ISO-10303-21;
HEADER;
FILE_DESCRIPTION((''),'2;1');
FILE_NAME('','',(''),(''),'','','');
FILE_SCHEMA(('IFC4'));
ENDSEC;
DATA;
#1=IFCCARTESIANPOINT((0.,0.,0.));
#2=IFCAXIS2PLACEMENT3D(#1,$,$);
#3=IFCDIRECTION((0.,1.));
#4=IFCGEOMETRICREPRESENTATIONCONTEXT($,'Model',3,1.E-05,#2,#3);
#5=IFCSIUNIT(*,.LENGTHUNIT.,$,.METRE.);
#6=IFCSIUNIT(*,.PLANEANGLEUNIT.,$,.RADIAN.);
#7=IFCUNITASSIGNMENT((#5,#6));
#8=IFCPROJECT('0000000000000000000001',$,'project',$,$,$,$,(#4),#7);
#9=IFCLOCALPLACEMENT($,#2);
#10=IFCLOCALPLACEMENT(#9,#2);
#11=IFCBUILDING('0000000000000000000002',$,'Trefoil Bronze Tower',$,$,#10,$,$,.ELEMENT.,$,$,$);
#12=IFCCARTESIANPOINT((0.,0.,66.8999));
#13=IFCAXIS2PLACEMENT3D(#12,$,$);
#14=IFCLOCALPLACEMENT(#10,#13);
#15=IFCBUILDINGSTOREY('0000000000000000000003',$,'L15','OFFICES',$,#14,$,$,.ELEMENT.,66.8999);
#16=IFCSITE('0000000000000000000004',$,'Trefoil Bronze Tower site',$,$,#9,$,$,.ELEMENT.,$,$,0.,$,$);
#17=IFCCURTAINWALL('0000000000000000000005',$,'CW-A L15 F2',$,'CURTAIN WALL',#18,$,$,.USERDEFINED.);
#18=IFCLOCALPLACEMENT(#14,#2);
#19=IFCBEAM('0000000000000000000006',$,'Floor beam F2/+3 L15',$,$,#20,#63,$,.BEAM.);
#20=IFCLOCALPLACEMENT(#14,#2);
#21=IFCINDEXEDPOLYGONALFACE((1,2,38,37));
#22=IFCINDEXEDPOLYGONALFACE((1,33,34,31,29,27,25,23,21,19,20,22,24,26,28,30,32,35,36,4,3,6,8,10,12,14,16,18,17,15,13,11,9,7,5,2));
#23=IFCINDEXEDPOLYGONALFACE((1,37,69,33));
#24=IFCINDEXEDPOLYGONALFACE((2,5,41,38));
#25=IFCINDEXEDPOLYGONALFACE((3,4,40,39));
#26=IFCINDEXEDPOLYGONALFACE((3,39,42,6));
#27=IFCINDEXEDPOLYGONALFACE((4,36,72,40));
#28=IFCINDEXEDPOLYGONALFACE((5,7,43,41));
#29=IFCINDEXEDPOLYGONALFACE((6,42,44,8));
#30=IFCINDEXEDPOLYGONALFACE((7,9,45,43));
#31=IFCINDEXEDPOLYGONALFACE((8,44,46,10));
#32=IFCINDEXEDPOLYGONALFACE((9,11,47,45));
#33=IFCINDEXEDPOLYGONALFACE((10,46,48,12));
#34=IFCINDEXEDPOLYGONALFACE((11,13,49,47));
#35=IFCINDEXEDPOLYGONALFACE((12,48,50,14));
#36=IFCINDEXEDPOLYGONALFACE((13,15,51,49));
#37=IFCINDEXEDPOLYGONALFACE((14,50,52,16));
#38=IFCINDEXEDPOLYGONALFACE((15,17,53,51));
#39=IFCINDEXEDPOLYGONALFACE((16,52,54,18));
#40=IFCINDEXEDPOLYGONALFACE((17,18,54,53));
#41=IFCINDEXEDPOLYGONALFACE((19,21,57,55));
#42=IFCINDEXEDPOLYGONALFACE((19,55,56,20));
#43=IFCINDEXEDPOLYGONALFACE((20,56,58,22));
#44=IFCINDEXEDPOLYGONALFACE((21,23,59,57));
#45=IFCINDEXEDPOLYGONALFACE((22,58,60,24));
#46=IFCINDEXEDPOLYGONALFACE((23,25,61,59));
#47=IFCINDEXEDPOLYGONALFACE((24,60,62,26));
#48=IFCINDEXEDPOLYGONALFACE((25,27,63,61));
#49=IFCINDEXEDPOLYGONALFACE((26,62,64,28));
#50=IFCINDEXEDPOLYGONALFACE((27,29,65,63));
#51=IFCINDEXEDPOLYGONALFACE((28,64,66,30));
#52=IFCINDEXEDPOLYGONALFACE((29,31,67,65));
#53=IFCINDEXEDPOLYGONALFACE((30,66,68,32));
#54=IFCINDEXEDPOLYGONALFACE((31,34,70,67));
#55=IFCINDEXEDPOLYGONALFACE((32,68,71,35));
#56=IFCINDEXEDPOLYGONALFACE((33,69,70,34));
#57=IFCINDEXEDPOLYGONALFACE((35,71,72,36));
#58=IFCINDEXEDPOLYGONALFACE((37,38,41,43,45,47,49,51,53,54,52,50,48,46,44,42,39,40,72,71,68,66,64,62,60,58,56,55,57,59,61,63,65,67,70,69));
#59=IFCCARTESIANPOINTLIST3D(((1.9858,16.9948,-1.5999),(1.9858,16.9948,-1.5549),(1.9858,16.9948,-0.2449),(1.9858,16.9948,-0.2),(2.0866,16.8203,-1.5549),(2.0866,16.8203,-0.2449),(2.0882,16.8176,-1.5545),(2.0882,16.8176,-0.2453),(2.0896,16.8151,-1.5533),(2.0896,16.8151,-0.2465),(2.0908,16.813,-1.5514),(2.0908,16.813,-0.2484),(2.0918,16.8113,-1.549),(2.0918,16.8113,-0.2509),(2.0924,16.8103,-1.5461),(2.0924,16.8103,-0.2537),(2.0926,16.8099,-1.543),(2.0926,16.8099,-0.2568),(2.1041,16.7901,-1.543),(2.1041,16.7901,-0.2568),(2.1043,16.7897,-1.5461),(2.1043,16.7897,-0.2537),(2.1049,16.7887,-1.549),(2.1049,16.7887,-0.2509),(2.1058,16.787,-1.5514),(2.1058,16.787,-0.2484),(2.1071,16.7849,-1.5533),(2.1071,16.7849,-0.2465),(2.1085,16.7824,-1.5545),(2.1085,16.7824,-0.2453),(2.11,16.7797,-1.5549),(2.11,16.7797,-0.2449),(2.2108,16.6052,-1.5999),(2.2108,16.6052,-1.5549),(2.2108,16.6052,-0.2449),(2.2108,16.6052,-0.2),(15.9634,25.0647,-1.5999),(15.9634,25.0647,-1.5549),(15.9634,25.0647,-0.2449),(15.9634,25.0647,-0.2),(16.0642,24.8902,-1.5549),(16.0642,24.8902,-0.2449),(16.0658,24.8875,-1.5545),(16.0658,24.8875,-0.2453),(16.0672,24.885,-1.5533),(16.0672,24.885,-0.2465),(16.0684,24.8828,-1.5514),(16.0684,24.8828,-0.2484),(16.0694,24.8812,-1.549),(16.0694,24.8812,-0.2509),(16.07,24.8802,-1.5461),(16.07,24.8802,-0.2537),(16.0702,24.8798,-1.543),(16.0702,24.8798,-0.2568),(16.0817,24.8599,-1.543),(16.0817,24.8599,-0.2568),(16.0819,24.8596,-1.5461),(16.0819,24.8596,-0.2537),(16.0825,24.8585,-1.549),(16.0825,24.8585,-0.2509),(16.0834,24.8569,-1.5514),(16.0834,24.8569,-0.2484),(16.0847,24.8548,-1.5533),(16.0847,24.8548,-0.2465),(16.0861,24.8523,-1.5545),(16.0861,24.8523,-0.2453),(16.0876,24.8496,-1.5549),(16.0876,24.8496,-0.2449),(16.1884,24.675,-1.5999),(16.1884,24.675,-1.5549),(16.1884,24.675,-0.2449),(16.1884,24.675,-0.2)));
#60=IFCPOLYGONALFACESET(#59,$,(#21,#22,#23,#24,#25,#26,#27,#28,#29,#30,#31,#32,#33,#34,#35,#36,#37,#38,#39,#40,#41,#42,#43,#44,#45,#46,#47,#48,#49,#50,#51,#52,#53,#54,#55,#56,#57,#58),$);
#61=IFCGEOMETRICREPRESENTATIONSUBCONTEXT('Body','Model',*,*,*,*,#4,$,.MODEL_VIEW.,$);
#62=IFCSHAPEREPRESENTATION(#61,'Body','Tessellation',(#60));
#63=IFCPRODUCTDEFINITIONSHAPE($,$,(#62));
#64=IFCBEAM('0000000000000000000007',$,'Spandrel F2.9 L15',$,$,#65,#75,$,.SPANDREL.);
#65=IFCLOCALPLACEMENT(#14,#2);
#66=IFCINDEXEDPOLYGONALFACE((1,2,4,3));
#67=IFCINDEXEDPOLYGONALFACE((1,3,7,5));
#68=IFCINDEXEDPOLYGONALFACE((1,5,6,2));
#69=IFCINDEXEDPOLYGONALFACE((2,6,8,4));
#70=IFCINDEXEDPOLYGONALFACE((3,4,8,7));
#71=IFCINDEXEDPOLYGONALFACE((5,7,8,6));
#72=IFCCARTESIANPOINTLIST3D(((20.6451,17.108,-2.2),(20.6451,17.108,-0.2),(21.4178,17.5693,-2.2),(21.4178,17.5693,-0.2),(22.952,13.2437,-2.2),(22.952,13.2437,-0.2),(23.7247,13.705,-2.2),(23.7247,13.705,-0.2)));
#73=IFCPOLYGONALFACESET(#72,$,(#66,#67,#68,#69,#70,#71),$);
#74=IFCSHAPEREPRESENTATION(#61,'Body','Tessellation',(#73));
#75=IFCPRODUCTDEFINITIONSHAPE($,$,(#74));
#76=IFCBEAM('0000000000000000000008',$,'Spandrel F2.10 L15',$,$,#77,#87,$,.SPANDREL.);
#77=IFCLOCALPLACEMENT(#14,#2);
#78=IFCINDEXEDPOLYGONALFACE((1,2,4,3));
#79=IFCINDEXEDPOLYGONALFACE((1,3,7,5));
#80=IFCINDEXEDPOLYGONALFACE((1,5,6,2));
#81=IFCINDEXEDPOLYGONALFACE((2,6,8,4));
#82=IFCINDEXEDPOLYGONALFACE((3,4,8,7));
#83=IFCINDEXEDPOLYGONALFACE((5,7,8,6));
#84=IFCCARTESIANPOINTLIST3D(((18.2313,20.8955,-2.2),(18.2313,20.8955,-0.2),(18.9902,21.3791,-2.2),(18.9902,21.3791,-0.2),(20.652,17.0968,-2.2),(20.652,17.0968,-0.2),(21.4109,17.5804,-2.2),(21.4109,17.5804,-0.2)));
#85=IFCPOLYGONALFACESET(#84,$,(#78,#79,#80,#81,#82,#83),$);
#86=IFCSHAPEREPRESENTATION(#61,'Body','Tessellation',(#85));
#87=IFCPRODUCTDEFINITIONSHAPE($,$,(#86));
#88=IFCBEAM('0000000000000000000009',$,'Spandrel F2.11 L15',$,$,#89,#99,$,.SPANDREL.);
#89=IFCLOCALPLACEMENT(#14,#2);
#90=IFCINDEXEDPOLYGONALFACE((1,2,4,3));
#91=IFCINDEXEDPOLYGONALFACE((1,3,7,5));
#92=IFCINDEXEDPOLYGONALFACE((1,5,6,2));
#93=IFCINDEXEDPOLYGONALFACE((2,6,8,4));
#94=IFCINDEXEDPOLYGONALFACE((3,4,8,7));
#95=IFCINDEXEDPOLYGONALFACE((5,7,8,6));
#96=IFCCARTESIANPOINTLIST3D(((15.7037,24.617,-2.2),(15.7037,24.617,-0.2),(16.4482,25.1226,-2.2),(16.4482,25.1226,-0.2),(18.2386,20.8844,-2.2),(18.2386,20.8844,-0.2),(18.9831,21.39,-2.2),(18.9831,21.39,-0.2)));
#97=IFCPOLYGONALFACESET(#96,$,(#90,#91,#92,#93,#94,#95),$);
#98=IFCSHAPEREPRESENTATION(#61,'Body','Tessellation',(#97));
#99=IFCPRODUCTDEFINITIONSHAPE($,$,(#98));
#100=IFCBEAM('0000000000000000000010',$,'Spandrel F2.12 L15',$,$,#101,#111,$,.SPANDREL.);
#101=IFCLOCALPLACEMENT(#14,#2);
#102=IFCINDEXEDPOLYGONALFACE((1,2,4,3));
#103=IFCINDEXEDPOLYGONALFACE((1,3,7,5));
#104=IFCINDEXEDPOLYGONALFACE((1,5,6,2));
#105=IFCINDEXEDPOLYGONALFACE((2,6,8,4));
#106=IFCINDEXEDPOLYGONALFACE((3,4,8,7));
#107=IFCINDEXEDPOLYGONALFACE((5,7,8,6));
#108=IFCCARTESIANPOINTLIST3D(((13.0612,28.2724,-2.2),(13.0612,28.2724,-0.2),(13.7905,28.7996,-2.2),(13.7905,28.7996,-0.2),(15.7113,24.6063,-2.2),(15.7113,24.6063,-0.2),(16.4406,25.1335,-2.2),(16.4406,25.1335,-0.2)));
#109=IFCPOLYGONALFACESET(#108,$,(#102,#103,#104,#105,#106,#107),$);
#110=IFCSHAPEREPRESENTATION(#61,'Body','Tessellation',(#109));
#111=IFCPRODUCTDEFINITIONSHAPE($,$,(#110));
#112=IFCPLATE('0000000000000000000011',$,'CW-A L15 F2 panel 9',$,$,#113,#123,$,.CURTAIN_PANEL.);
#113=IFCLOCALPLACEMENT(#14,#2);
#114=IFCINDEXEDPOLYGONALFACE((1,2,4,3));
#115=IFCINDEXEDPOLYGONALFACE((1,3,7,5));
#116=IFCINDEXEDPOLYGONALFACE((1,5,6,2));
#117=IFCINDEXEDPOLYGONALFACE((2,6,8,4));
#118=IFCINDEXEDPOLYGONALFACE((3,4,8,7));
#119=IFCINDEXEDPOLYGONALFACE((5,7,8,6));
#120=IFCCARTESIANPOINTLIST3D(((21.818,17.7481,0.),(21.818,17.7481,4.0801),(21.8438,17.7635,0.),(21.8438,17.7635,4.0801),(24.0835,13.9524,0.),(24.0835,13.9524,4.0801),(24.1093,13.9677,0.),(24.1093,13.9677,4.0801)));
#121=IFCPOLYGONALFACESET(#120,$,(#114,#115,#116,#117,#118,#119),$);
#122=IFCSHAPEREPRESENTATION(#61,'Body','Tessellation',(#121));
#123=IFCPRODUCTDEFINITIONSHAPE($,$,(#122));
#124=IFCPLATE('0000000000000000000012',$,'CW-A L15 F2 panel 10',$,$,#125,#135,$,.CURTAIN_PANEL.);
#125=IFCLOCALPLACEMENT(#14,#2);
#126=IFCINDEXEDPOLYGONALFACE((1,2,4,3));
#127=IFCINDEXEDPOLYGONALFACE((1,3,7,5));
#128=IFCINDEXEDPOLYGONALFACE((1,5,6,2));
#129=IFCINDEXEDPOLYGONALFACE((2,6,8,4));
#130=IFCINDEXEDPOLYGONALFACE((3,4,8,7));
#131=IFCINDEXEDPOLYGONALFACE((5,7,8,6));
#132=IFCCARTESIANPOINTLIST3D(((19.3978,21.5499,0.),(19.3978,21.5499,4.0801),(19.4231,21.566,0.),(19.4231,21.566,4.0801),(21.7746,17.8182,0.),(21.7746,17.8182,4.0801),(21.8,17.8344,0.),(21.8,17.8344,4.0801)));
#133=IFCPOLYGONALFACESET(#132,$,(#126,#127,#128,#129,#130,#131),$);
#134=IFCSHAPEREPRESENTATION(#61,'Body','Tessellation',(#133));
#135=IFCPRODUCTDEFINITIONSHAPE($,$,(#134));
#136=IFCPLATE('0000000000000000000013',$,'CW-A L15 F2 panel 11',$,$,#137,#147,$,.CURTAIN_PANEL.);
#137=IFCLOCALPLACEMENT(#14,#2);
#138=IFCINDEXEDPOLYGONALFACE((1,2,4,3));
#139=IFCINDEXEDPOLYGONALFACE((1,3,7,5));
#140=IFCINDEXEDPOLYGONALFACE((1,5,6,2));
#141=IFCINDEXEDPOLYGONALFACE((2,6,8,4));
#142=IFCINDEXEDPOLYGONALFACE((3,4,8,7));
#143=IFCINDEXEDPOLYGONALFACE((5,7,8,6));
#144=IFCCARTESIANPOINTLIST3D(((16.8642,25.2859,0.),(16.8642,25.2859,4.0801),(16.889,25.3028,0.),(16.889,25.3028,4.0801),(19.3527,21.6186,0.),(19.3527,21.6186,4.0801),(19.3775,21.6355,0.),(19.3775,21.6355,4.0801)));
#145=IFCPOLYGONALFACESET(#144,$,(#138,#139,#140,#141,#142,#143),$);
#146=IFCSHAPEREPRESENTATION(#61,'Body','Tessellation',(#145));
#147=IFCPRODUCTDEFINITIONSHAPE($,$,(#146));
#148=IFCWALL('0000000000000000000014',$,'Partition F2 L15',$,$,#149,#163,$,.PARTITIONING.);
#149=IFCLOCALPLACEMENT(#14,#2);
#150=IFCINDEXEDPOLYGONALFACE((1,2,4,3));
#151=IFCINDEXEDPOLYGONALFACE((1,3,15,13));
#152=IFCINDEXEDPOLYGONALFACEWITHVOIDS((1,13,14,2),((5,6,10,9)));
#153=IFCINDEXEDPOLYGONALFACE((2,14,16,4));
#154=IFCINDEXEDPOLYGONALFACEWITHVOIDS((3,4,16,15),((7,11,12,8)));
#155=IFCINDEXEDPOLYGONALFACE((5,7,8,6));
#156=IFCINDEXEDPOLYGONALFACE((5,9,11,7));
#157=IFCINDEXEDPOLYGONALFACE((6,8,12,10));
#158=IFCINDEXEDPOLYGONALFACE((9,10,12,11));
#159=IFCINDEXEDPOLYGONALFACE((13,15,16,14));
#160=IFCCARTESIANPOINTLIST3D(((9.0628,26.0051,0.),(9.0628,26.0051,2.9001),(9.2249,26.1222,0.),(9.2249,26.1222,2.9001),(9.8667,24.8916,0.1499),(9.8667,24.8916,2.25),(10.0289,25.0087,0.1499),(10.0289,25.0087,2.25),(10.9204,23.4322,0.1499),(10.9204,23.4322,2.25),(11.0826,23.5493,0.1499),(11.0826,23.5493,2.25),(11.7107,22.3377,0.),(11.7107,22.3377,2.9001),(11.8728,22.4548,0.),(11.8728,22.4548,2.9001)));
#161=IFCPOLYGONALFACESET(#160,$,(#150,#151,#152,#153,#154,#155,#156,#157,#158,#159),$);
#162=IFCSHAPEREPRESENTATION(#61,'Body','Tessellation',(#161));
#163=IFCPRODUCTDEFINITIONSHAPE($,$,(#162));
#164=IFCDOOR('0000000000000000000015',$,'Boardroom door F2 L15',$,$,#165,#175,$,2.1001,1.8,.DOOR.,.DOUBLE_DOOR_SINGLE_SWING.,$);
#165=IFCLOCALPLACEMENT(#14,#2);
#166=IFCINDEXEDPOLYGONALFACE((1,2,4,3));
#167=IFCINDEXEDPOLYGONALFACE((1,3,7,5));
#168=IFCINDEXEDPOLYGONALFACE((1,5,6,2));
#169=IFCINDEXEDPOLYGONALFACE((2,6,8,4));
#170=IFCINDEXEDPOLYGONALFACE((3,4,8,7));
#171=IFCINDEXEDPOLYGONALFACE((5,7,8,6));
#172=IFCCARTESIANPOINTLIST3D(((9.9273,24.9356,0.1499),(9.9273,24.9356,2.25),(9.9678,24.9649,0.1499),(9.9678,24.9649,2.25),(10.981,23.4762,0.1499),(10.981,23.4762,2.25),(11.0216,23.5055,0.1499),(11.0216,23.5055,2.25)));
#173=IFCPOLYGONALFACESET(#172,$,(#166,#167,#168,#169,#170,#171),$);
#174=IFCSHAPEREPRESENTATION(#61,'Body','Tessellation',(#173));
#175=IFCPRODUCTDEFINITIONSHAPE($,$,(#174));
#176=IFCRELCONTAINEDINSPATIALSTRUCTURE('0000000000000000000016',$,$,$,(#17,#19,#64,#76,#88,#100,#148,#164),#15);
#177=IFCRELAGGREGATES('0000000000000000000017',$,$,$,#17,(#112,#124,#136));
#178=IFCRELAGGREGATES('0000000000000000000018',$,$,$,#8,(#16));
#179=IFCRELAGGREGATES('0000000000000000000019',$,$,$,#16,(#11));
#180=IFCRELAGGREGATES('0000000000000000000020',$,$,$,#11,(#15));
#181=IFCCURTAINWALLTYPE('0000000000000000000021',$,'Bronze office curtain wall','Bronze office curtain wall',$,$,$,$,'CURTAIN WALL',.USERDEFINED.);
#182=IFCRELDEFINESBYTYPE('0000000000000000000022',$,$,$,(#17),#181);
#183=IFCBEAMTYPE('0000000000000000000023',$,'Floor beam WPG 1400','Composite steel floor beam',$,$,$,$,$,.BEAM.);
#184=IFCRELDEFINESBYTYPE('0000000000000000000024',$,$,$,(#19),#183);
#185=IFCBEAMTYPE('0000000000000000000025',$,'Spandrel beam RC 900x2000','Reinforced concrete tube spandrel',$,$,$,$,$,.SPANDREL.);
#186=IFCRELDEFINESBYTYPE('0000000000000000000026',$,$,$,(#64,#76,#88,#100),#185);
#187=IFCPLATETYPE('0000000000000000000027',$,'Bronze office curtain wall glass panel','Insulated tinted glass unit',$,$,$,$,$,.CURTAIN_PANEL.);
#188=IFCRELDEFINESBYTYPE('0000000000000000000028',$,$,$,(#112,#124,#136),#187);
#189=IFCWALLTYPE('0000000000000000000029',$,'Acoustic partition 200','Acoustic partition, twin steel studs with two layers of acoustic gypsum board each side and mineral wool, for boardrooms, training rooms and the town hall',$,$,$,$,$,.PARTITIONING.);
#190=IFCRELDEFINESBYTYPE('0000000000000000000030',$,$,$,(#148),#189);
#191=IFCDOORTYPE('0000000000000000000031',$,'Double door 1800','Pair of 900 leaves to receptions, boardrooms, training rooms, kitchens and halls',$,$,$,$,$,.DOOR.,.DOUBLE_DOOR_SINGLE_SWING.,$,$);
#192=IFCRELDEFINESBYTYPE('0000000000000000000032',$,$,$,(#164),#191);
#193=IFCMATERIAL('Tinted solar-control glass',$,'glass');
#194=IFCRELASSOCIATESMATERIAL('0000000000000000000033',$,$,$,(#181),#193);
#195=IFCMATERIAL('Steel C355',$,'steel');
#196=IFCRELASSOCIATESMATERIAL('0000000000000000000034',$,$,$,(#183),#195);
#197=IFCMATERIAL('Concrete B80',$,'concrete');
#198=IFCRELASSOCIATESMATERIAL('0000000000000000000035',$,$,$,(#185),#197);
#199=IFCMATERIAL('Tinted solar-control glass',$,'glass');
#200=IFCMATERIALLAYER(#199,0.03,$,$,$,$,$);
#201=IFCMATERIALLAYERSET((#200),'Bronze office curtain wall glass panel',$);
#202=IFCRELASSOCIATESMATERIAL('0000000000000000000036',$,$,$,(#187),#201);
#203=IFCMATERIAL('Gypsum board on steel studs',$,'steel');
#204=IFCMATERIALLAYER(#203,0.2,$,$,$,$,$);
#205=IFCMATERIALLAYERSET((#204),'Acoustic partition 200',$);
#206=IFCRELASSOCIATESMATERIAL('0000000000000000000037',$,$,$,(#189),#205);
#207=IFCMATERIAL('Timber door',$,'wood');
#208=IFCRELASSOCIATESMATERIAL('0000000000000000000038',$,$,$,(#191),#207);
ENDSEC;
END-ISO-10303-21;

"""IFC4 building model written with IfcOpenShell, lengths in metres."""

from ifc_helpers import new_model, si_unit, direction, frame, frame_2d, origin, origin_2d, place, context, subcontext, project, spatial, rectangle, i_section, extrude, material, layer, layer_set, material_profile, profile_set, type_object, element, fill, aggregate, save


model = new_model("IFC4")

# Units and contexts
model_context = context("Model", 3, precision=1e-05, world=origin(), true_north=direction((0.0, 1.0)))
body_context = subcontext(model_context, "Body", "Model", "MODEL_VIEW")
ifc_project = project(units=[si_unit("LENGTHUNIT", "METRE"), si_unit("PLANEANGLEUNIT", "RADIAN")], contexts=[model_context])

# Site, building, storey
site_placement = place(None, origin())
site = spatial("IfcSite", under=ifc_project, at=site_placement, Name="Trefoil Bronze Tower site", CompositionType="ELEMENT", RefElevation=0.0)
building_placement = place(site_placement, origin())
building = spatial("IfcBuilding", under=site, at=building_placement, Name="Trefoil Bronze Tower", CompositionType="ELEMENT")
storey_placement = place(building_placement, frame((0.0, 0.0, 66.8999)))
storey = spatial("IfcBuildingStorey", under=building, at=storey_placement, Name="L15", Description="OFFICES", CompositionType="ELEMENT", Elevation=66.8999)

# Curtain wall
ifc_material_1 = material(Name="Tinted solar-control glass", Category="glass")
curtain_wall_type = type_object("IfcCurtainWallType", Name="Bronze office curtain wall", Description="Bronze office curtain wall", ElementType="CURTAIN WALL", PredefinedType="USERDEFINED", material=ifc_material_1)
curtain_wall_placement = place(storey_placement, origin())
curtain_wall = element("IfcCurtainWall", 1, at=curtain_wall_placement, inside=storey, type_object=curtain_wall_type, Name="CW-A L15 F2", ObjectType="CURTAIN WALL", PredefinedType="USERDEFINED")

# Beams
ifc_material_2 = material(Name="Steel C355", Category="steel")
ifc_material_profile_1 = material_profile(ifc_material_2, i_section(OverallWidth=0.45, OverallDepth=1.3999, WebThickness=0.0229, FlangeThickness=0.0449, FilletRadius=0.012, at=origin_2d()), Name="WPG 1400")
ifc_profile_set_1 = profile_set([ifc_material_profile_1], Name="Steel C355")
beam_type_1 = type_object("IfcBeamType", Name="Floor beam WPG 1400", Description="Composite steel floor beam", PredefinedType="BEAM", material=ifc_profile_set_1)
beam_1_placement = place(storey_placement, frame((16.0759, 24.8699, -0.8999), z_axis=(-0.866028, -0.499995, 0.0), x_axis=(0.499995, -0.866028, 0.0)))
element("IfcBeam", 2, at=beam_1_placement, inside=storey, type_object=beam_type_1, Name="Floor beam F2/+3 L15", PredefinedType="BEAM", context=body_context, shape_type="SweptSolid", body=[
    extrude(i_section(OverallWidth=0.45, OverallDepth=1.3999, WebThickness=0.0229, FlangeThickness=0.0449, FilletRadius=0.012, at=origin_2d()), origin(), (0.0, 0.0, 1.0), 16.1399),
])
ifc_material_3 = material(Name="Concrete B80", Category="concrete")
ifc_material_profile_2 = material_profile(ifc_material_3, rectangle(XDim=0.8999, YDim=2.0, at=origin_2d()), Name="RC 900x2000")
ifc_profile_set_2 = profile_set([ifc_material_profile_2], Name="Concrete B80")
beam_type_2 = type_object("IfcBeamType", Name="Spandrel beam RC 900x2000", Description="Reinforced concrete tube spandrel", PredefinedType="SPANDREL", material=ifc_profile_set_2)
beam_2_placement = place(storey_placement, frame((23.3384, 13.4744, -1.2), z_axis=(-0.512588, 0.858635, 0.0), x_axis=(-0.858635, -0.512588, 0.0)))
element("IfcBeam", 3, at=beam_2_placement, inside=storey, type_object=beam_type_2, Name="Spandrel F2.9 L15", PredefinedType="SPANDREL", context=body_context, shape_type="SweptSolid", body=[
    extrude(rectangle(XDim=0.8999, YDim=2.0, at=origin_2d()), origin(), (0.0, 0.0, 1.0), 4.5005),
])
beam_3_placement = place(storey_placement, frame((21.0315, 17.3386, -1.2), z_axis=(-0.537408, 0.843322, 0.0), x_axis=(-0.843322, -0.537408, 0.0)))
element("IfcBeam", 4, at=beam_3_placement, inside=storey, type_object=beam_type_2, Name="Spandrel F2.10 L15", PredefinedType="SPANDREL", context=body_context, shape_type="SweptSolid", body=[
    extrude(rectangle(XDim=0.8999, YDim=2.0, at=origin_2d()), origin(), (0.0, 0.0, 1.0), 4.5044),
])
beam_4_placement = place(storey_placement, frame((18.6108, 21.1372, -1.2), z_axis=(-0.56181, 0.827267, 0.0), x_axis=(-0.827267, -0.56181, 0.0)))
element("IfcBeam", 5, at=beam_4_placement, inside=storey, type_object=beam_type_2, Name="Spandrel F2.11 L15", PredefinedType="SPANDREL", context=body_context, shape_type="SweptSolid", body=[
    extrude(rectangle(XDim=0.8999, YDim=2.0, at=origin_2d()), origin(), (0.0, 0.0, 1.0), 4.512),
])
beam_5_placement = place(storey_placement, frame((16.0759, 24.8699, -1.2), z_axis=(-0.585824, 0.810439, 0.0), x_axis=(-0.810439, -0.585824, 0.0)))
element("IfcBeam", 6, at=beam_5_placement, inside=storey, type_object=beam_type_2, Name="Spandrel F2.12 L15", PredefinedType="SPANDREL", context=body_context, shape_type="SweptSolid", body=[
    extrude(rectangle(XDim=0.8999, YDim=2.0, at=origin_2d()), origin(), (0.0, 0.0, 1.0), 4.5237),
])

# Plates
ifc_material_4 = material(Name="Tinted solar-control glass", Category="glass")
ifc_layer_1 = layer(ifc_material_4, 0.03)
ifc_layer_set_1 = layer_set([ifc_layer_1], Name="Bronze office curtain wall glass panel")
plate_type = type_object("IfcPlateType", Name="Bronze office curtain wall glass panel", Description="Insulated tinted glass unit", PredefinedType="CURTAIN_PANEL", material=ifc_layer_set_1)
plate_1_placement = place(storey_placement, frame((22.9636, 15.8579, 0.0), z_axis=(0.0, 0.0, 1.0), x_axis=(-0.512513, 0.85868, 0.0)))
plate_1 = element("IfcPlate", 7, at=plate_1_placement, type_object=plate_type, Name="CW-A L15 F2 panel 9", PredefinedType="CURTAIN_PANEL", context=body_context, shape_type="SweptSolid", body=[
    extrude(rectangle(XDim=4.4204, YDim=0.03, at=origin_2d()), origin(), (0.0, 0.0, 1.0), 4.0801),
])
plate_2_placement = place(storey_placement, frame((20.5989, 19.6921, 0.0), z_axis=(0.0, 0.0, 1.0), x_axis=(-0.537222, 0.843441, 0.0)))
plate_2 = element("IfcPlate", 8, at=plate_2_placement, type_object=plate_type, Name="CW-A L15 F2 panel 10", PredefinedType="CURTAIN_PANEL", context=body_context, shape_type="SweptSolid", body=[
    extrude(rectangle(XDim=4.4243, YDim=0.03, at=origin_2d()), origin(), (0.0, 0.0, 1.0), 4.0801),
])
plate_3_placement = place(storey_placement, frame((18.1208, 23.4607, 0.0), z_axis=(0.0, 0.0, 1.0), x_axis=(-0.56151, 0.82747, 0.0)))
plate_3 = element("IfcPlate", 9, at=plate_3_placement, type_object=plate_type, Name="CW-A L15 F2 panel 11", PredefinedType="CURTAIN_PANEL", context=body_context, shape_type="SweptSolid", body=[
    extrude(rectangle(XDim=4.4319, YDim=0.03, at=origin_2d()), origin(), (0.0, 0.0, 1.0), 4.0801),
])
aggregate(curtain_wall, [plate_1, plate_2, plate_3])

# Wall, opening, door
ifc_material_5 = material(Name="Gypsum board on steel studs", Category="steel")
ifc_layer_2 = layer(ifc_material_5, 0.2)
ifc_layer_set_2 = layer_set([ifc_layer_2], Name="Acoustic partition 200")
wall_type_1 = type_object("IfcWallType", Name="Acoustic partition 200", Description="Acoustic partition, twin steel studs with two layers of acoustic gypsum board each side and mineral wool, for boardrooms, training rooms and the town hall", PredefinedType="PARTITIONING", material=ifc_layer_set_2)
wall_1_placement = place(storey_placement, frame((11.7917, 22.3962, 0.0), z_axis=(0.0, 0.0, 1.0), x_axis=(-0.585376, 0.810762, 0.0)))
wall_1 = element("IfcWall", 10, at=wall_1_placement, inside=storey, type_object=wall_type_1, Name="Partition F2 L15", PredefinedType="PARTITIONING", context=body_context, shape_type="SweptSolid", body=[
    extrude(rectangle(XDim=4.5234, YDim=0.2, at=frame_2d((2.2617, 0.0))), origin(), (0.0, 0.0, 1.0), 2.9001),
])
opening_1_placement = place(wall_1_placement, frame((1.3501, 0.0, 0.1499)))
opening_1 = element("IfcOpeningElement", 11, at=opening_1_placement, cuts=wall_1, PredefinedType="OPENING", context=body_context, shape_type="SweptSolid", body=[
    extrude(rectangle(XDim=1.8, YDim=2.1001, at=frame_2d((0.8999, 1.05))), frame((0.0, 0.1099, 0.0), z_axis=(0.0, -1.0, 0.0), x_axis=(1.0, 0.0, 0.0)), (0.0, 0.0, 1.0), 0.22),
])
ifc_material_6 = material(Name="Timber door", Category="wood")
door_type_1 = type_object("IfcDoorType", Name="Double door 1800", Description="Pair of 900 leaves to receptions, boardrooms, training rooms, kitchens and halls", OperationType="DOUBLE_DOOR_SINGLE_SWING", PredefinedType="DOOR", material=ifc_material_6)
door_1_placement = place(opening_1_placement, frame((1.8, 0.0, 0.0), z_axis=(0.0, 0.0, 1.0), x_axis=(-1.0, 0.0, 0.0)))
door_1 = element("IfcDoor", 12, at=door_1_placement, inside=storey, type_object=door_type_1, Name="Boardroom door F2 L15", OperationType="DOUBLE_DOOR_SINGLE_SWING", OverallHeight=2.1001, OverallWidth=1.8, PredefinedType="DOOR", context=body_context, shape_type="SweptSolid", body=[
    extrude(rectangle(XDim=1.8, YDim=2.1001, at=frame_2d((0.8999, 1.05))), frame((0.0, 0.0249, 0.0), z_axis=(0.0, -1.0, 0.0), x_axis=(1.0, 0.0, 0.0)), (0.0, 0.0, 1.0), 0.05),
])
fill(opening_1, door_1)

save(model, "model.ifc")
